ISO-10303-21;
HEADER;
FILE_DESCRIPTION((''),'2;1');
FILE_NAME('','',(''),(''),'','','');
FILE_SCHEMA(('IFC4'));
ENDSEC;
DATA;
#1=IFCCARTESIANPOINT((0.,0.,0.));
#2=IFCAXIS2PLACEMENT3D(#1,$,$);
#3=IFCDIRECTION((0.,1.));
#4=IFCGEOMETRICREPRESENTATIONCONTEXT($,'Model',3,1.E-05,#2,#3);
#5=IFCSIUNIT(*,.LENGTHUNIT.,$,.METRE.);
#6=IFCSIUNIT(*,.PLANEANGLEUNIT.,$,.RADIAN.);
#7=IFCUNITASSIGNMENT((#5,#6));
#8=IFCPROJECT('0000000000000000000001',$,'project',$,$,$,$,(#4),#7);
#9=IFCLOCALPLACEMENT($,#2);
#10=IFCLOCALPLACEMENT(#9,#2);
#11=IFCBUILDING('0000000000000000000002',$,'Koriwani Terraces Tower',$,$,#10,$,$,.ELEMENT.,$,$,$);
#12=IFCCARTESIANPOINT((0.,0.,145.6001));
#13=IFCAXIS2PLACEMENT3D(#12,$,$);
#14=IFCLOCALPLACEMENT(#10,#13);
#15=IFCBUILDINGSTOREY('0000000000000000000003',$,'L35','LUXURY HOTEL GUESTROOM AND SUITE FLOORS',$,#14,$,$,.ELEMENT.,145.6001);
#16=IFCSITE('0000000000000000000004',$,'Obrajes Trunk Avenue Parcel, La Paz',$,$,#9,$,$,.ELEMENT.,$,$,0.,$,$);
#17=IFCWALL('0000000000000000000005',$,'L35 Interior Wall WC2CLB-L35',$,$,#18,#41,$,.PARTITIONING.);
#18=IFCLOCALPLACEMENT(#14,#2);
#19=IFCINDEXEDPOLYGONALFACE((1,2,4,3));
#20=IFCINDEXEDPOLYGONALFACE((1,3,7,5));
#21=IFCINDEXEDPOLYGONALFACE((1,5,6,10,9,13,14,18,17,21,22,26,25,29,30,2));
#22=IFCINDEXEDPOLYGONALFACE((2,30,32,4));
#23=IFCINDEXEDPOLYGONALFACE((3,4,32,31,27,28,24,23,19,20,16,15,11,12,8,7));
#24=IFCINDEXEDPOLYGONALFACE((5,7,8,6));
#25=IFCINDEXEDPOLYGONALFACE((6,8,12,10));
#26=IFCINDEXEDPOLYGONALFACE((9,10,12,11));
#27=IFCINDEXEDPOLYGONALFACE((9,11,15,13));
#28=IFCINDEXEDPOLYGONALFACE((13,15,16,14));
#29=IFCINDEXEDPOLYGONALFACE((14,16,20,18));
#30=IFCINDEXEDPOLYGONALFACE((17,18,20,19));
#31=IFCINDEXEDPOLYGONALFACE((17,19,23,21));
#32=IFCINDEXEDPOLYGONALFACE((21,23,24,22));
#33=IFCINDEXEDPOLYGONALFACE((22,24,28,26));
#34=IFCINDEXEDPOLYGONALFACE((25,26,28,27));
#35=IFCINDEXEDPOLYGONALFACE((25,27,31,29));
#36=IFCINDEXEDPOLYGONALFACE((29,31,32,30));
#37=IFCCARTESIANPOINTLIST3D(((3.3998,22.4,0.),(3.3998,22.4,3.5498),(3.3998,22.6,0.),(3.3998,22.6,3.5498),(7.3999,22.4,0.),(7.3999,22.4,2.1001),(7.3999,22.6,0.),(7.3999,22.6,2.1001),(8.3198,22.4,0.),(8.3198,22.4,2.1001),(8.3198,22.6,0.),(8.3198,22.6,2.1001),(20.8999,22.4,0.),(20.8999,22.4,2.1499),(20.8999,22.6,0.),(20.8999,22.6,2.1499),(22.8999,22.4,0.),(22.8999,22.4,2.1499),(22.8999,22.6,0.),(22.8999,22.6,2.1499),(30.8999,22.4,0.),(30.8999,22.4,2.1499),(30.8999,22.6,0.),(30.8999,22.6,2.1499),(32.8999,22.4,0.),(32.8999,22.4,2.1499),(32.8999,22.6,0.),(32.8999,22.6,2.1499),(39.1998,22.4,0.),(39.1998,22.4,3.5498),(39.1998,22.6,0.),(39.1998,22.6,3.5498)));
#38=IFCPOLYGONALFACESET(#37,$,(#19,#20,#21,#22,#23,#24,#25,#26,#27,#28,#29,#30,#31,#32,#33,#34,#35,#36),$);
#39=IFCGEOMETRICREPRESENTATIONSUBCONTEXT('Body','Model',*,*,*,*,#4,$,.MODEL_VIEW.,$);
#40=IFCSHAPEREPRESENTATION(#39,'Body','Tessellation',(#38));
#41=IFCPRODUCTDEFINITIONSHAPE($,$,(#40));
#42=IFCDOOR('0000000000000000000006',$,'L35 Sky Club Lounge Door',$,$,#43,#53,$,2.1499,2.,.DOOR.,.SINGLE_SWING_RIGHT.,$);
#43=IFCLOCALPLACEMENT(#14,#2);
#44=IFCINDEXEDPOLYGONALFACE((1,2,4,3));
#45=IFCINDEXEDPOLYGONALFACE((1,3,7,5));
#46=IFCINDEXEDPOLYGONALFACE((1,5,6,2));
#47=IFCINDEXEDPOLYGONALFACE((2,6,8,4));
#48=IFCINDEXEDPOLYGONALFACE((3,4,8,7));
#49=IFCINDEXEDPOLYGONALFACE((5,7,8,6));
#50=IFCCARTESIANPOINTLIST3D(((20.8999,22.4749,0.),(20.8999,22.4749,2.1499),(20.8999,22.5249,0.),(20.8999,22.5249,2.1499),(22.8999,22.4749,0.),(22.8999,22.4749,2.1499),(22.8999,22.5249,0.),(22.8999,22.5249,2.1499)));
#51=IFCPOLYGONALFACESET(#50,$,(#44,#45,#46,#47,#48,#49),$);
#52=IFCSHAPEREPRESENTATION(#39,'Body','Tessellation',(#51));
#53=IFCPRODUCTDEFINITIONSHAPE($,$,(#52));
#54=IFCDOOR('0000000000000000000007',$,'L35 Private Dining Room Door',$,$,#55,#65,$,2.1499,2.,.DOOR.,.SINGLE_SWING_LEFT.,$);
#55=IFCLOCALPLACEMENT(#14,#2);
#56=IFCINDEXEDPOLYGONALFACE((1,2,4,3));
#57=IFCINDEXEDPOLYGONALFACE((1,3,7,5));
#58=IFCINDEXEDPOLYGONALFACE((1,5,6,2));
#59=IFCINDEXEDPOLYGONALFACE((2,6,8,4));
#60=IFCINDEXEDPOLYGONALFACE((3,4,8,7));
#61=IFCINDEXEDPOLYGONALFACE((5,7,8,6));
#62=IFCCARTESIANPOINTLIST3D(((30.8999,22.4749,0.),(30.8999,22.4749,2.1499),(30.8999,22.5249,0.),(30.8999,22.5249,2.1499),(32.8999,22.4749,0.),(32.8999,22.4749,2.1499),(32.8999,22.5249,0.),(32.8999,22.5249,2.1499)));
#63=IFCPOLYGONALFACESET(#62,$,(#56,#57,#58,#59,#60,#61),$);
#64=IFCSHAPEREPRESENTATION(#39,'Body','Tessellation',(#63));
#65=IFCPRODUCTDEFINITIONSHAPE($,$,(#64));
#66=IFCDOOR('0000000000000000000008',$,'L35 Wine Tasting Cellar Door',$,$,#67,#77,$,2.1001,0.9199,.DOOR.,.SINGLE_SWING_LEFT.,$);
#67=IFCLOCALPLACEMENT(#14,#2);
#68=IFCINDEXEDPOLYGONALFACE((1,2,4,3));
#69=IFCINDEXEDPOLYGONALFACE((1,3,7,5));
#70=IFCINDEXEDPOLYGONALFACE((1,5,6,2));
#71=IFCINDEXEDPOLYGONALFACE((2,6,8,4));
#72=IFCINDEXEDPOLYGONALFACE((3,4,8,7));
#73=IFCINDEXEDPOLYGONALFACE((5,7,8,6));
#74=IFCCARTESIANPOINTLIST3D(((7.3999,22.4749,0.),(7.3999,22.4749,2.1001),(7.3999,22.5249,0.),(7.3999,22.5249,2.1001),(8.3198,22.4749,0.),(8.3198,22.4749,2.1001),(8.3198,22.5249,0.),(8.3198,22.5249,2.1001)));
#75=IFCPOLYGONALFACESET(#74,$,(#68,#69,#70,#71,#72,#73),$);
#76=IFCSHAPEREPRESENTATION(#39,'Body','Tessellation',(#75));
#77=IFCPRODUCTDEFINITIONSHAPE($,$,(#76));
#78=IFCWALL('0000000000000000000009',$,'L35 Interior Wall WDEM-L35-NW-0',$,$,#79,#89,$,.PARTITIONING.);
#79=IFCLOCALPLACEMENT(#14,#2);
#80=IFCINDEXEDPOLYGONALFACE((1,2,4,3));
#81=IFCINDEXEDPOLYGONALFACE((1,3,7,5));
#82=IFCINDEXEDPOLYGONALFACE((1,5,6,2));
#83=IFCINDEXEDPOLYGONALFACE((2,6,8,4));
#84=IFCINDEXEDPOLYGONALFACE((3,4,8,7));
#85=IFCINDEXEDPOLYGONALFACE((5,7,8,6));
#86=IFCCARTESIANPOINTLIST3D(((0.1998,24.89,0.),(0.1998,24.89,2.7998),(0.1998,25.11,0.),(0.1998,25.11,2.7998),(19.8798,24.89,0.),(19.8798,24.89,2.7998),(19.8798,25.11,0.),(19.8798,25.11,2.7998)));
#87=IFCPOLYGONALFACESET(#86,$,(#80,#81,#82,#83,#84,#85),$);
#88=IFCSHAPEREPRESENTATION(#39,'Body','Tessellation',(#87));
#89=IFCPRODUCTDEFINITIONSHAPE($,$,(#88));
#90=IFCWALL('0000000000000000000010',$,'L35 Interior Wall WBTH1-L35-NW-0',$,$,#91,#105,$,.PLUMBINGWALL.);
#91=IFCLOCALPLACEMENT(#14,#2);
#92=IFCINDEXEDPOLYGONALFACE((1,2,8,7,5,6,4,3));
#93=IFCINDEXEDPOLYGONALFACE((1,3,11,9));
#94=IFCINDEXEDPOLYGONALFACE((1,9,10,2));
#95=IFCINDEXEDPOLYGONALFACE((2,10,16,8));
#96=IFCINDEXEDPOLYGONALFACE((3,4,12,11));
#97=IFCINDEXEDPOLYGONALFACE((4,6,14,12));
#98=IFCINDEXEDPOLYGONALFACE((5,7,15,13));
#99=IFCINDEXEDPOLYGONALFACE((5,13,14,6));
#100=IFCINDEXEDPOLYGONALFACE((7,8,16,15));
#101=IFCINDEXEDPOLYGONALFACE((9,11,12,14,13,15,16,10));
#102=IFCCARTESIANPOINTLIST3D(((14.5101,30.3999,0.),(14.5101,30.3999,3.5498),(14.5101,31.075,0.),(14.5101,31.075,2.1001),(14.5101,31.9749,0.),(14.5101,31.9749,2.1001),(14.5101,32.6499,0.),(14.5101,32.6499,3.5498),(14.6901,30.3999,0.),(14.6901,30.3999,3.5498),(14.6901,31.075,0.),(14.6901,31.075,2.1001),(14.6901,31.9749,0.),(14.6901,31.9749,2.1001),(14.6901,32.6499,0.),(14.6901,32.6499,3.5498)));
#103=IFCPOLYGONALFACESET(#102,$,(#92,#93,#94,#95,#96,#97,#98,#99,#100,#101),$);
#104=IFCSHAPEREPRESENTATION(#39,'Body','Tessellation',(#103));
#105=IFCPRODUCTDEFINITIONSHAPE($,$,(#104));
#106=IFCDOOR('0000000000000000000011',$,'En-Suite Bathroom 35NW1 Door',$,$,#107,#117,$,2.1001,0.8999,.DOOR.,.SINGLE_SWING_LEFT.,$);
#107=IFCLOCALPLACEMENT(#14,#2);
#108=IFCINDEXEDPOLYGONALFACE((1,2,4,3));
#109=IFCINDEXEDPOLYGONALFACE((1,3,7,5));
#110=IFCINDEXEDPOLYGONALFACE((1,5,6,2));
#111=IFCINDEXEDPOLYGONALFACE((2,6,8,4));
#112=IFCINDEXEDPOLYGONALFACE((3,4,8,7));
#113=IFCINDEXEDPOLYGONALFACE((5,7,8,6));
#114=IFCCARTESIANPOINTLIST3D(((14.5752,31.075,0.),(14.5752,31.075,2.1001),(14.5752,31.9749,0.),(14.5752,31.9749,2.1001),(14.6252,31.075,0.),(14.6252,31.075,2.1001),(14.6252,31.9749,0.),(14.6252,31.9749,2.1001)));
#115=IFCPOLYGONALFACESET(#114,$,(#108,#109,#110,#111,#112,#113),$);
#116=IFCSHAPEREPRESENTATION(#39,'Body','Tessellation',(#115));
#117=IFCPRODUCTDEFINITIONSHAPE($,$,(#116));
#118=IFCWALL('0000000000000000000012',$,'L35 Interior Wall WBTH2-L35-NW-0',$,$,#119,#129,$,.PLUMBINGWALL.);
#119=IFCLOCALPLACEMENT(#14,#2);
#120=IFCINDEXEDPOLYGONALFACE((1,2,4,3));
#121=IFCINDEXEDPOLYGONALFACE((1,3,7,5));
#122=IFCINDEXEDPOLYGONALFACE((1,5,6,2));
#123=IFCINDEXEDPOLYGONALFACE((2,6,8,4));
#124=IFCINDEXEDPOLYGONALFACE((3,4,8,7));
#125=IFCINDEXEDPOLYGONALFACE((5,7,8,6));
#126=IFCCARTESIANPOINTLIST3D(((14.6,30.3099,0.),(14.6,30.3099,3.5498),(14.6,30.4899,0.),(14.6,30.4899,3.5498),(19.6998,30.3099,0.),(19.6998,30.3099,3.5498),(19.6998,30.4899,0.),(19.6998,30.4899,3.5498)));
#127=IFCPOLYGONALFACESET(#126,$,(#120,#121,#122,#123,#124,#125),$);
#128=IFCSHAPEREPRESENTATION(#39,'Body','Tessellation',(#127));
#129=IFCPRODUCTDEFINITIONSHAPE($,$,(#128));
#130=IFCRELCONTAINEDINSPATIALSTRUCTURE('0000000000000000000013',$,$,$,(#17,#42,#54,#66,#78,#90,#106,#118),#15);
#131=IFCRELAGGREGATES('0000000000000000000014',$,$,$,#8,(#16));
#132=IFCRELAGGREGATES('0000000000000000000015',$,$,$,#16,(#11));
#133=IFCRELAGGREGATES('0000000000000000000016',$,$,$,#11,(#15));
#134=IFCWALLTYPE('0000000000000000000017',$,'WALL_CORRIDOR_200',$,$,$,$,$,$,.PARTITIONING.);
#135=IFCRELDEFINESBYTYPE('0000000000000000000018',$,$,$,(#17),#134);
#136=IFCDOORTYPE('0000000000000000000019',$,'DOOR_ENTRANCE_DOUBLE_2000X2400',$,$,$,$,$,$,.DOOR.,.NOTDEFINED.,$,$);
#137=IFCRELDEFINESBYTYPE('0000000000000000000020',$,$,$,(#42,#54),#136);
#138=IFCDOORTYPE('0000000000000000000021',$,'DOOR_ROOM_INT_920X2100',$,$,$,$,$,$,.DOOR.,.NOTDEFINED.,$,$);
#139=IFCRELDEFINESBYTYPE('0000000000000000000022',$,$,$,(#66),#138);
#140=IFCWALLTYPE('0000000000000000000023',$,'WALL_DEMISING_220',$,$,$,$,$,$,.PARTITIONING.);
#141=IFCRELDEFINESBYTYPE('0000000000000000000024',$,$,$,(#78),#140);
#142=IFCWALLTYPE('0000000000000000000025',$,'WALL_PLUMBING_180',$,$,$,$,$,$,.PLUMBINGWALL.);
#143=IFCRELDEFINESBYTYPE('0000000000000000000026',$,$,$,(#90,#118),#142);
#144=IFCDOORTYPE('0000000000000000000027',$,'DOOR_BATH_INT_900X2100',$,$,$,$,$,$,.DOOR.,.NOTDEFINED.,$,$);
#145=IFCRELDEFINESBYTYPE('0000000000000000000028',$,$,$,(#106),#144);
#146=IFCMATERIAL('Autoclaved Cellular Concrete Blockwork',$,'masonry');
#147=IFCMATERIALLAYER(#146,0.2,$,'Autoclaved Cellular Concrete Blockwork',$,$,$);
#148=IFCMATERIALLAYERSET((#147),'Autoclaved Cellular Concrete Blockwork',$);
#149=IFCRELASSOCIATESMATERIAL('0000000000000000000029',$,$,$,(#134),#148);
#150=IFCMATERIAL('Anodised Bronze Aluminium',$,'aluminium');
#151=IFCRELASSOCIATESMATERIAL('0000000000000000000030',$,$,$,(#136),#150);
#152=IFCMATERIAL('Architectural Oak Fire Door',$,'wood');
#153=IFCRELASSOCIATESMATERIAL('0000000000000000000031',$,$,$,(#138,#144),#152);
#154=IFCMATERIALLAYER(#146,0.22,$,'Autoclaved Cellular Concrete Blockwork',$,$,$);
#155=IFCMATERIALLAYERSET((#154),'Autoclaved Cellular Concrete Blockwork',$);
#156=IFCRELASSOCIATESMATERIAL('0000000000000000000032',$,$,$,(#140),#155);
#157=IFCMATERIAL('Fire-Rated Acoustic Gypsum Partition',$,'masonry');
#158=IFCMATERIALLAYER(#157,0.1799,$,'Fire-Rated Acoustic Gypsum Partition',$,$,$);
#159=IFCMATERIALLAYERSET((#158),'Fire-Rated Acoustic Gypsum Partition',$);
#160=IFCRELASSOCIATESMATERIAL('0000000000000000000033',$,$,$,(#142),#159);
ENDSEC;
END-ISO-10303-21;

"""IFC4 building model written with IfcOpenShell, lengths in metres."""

from ifc_helpers import new_model, si_unit, direction, frame, frame_2d, origin, place, context, subcontext, project, spatial, rectangle, extrude, material, layer, layer_set, type_object, element, fill, save


model = new_model("IFC4")

# Units and contexts
model_context = context("Model", 3, precision=1e-05, world=origin(), true_north=direction((0.0, 1.0)))
body_context = subcontext(model_context, "Body", "Model", "MODEL_VIEW")
ifc_project = project(units=[si_unit("LENGTHUNIT", "METRE"), si_unit("PLANEANGLEUNIT", "RADIAN")], contexts=[model_context])

# Site, building, storey
site_placement = place(None, origin())
site = spatial("IfcSite", under=ifc_project, at=site_placement, Name="Obrajes Trunk Avenue Parcel, La Paz", CompositionType="ELEMENT", RefElevation=0.0)
building_placement = place(site_placement, origin())
building = spatial("IfcBuilding", under=site, at=building_placement, Name="Koriwani Terraces Tower", CompositionType="ELEMENT")
storey_placement = place(building_placement, frame((0.0, 0.0, 145.6001)))
storey = spatial("IfcBuildingStorey", under=building, at=storey_placement, Name="L35", Description="LUXURY HOTEL GUESTROOM AND SUITE FLOORS", CompositionType="ELEMENT", Elevation=145.6001)

# Wall, openings, doors
ifc_material_1 = material(Name="Autoclaved Cellular Concrete Blockwork", Category="masonry")
ifc_layer_1 = layer(ifc_material_1, 0.2, Name="Autoclaved Cellular Concrete Blockwork")
ifc_layer_set_1 = layer_set([ifc_layer_1], Name="Autoclaved Cellular Concrete Blockwork")
wall_type_1 = type_object("IfcWallType", Name="WALL_CORRIDOR_200", PredefinedType="PARTITIONING", material=ifc_layer_set_1)
wall_1_placement = place(storey_placement, frame((3.3999, 22.5, 0.0), z_axis=(0.0, 0.0, 1.0), x_axis=(1.0, 0.0, 0.0)))
wall_1 = element("IfcWall", 1, at=wall_1_placement, inside=storey, type_object=wall_type_1, Name="L35 Interior Wall WC2CLB-L35", PredefinedType="PARTITIONING", context=body_context, shape_type="SweptSolid", body=[
    extrude(rectangle(XDim=35.8, YDim=0.2, at=frame_2d((17.8999, 0.0))), origin(), (0.0, 0.0, 1.0), 3.5498),
])
opening_1_placement = place(wall_1_placement, frame((4.0, 0.0, 0.0)))
opening_1 = element("IfcOpeningElement", 2, at=opening_1_placement, cuts=wall_1, PredefinedType="OPENING", context=body_context, shape_type="SweptSolid", body=[
    extrude(rectangle(XDim=0.9199, YDim=2.1001, at=frame_2d((0.46, 1.05))), frame((0.0, 0.1099, 0.0), z_axis=(0.0, -1.0, 0.0), x_axis=(1.0, 0.0, 0.0)), (0.0, 0.0, 1.0), 0.22),
])
opening_2_placement = place(wall_1_placement, frame((17.5, 0.0, 0.0)))
opening_2 = element("IfcOpeningElement", 3, at=opening_2_placement, cuts=wall_1, PredefinedType="OPENING", context=body_context, shape_type="SweptSolid", body=[
    extrude(rectangle(XDim=2.0, YDim=2.1499, at=frame_2d((1.0, 1.075))), frame((0.0, 0.1099, 0.0), z_axis=(0.0, -1.0, 0.0), x_axis=(1.0, 0.0, 0.0)), (0.0, 0.0, 1.0), 0.22),
])
opening_3_placement = place(wall_1_placement, frame((27.5, 0.0, 0.0)))
opening_3 = element("IfcOpeningElement", 4, at=opening_3_placement, cuts=wall_1, PredefinedType="OPENING", context=body_context, shape_type="SweptSolid", body=[
    extrude(rectangle(XDim=2.0, YDim=2.1499, at=frame_2d((1.0, 1.075))), frame((0.0, 0.1099, 0.0), z_axis=(0.0, -1.0, 0.0), x_axis=(1.0, 0.0, 0.0)), (0.0, 0.0, 1.0), 0.22),
])
ifc_material_2 = material(Name="Anodised Bronze Aluminium", Category="aluminium")
door_type_1 = type_object("IfcDoorType", Name="DOOR_ENTRANCE_DOUBLE_2000X2400", OperationType="NOTDEFINED", PredefinedType="DOOR", material=ifc_material_2)
door_1_placement = place(opening_2_placement, origin())
door_1 = element("IfcDoor", 5, at=door_1_placement, inside=storey, type_object=door_type_1, Name="L35 Sky Club Lounge Door", OperationType="SINGLE_SWING_RIGHT", OverallHeight=2.1499, OverallWidth=2.0, PredefinedType="DOOR", context=body_context, shape_type="SweptSolid", body=[
    extrude(rectangle(XDim=2.0, YDim=2.1499, at=frame_2d((1.0, 1.075))), frame((0.0, 0.0249, 0.0), z_axis=(0.0, -1.0, 0.0), x_axis=(1.0, 0.0, 0.0)), (0.0, 0.0, 1.0), 0.05),
])
fill(opening_2, door_1)
door_2_placement = place(opening_3_placement, origin())
door_2 = element("IfcDoor", 6, at=door_2_placement, inside=storey, type_object=door_type_1, Name="L35 Private Dining Room Door", OperationType="SINGLE_SWING_LEFT", OverallHeight=2.1499, OverallWidth=2.0, PredefinedType="DOOR", context=body_context, shape_type="SweptSolid", body=[
    extrude(rectangle(XDim=2.0, YDim=2.1499, at=frame_2d((1.0, 1.075))), frame((0.0, 0.0249, 0.0), z_axis=(0.0, -1.0, 0.0), x_axis=(1.0, 0.0, 0.0)), (0.0, 0.0, 1.0), 0.05),
])
fill(opening_3, door_2)
ifc_material_3 = material(Name="Architectural Oak Fire Door", Category="wood")
door_type_2 = type_object("IfcDoorType", Name="DOOR_ROOM_INT_920X2100", OperationType="NOTDEFINED", PredefinedType="DOOR", material=ifc_material_3)
door_3_placement = place(opening_1_placement, origin())
door_3 = element("IfcDoor", 7, at=door_3_placement, inside=storey, type_object=door_type_2, Name="L35 Wine Tasting Cellar Door", OperationType="SINGLE_SWING_LEFT", OverallHeight=2.1001, OverallWidth=0.9199, PredefinedType="DOOR", context=body_context, shape_type="SweptSolid", body=[
    extrude(rectangle(XDim=0.9199, YDim=2.1001, at=frame_2d((0.46, 1.05))), frame((0.0, 0.0249, 0.0), z_axis=(0.0, -1.0, 0.0), x_axis=(1.0, 0.0, 0.0)), (0.0, 0.0, 1.0), 0.05),
])
fill(opening_1, door_3)

# Wall
ifc_layer_2 = layer(ifc_material_1, 0.22, Name="Autoclaved Cellular Concrete Blockwork")
ifc_layer_set_2 = layer_set([ifc_layer_2], Name="Autoclaved Cellular Concrete Blockwork")
wall_type_2 = type_object("IfcWallType", Name="WALL_DEMISING_220", PredefinedType="PARTITIONING", material=ifc_layer_set_2)
wall_2_placement = place(storey_placement, frame((0.2, 25.0, 0.0), z_axis=(0.0, 0.0, 1.0), x_axis=(1.0, 0.0, 0.0)))
element("IfcWall", 8, at=wall_2_placement, inside=storey, type_object=wall_type_2, Name="L35 Interior Wall WDEM-L35-NW-0", PredefinedType="PARTITIONING", context=body_context, shape_type="SweptSolid", body=[
    extrude(rectangle(XDim=19.6799, YDim=0.22, at=frame_2d((9.8398, 0.0))), origin(), (0.0, 0.0, 1.0), 2.7998),
])

# Wall, opening, door
ifc_material_4 = material(Name="Fire-Rated Acoustic Gypsum Partition", Category="masonry")
ifc_layer_3 = layer(ifc_material_4, 0.1799, Name="Fire-Rated Acoustic Gypsum Partition")
ifc_layer_set_3 = layer_set([ifc_layer_3], Name="Fire-Rated Acoustic Gypsum Partition")
wall_type_3 = type_object("IfcWallType", Name="WALL_PLUMBING_180", PredefinedType="PLUMBINGWALL", material=ifc_layer_set_3)
wall_3_placement = place(storey_placement, frame((14.6001, 30.3999, 0.0), z_axis=(0.0, 0.0, 1.0), x_axis=(0.0, 1.0, 0.0)))
wall_3 = element("IfcWall", 9, at=wall_3_placement, inside=storey, type_object=wall_type_3, Name="L35 Interior Wall WBTH1-L35-NW-0", PredefinedType="PLUMBINGWALL", context=body_context, shape_type="SweptSolid", body=[
    extrude(rectangle(XDim=2.25, YDim=0.1799, at=frame_2d((1.125, 0.0))), origin(), (0.0, 0.0, 1.0), 3.5498),
])
opening_4_placement = place(wall_3_placement, frame((0.675, 0.0, 0.0)))
opening_4 = element("IfcOpeningElement", 10, at=opening_4_placement, cuts=wall_3, PredefinedType="OPENING", context=body_context, shape_type="SweptSolid", body=[
    extrude(rectangle(XDim=0.8999, YDim=2.1001, at=frame_2d((0.45, 1.05))), frame((0.0, 0.1001, 0.0), z_axis=(0.0, -1.0, 0.0), x_axis=(1.0, 0.0, 0.0)), (0.0, 0.0, 1.0), 0.2),
])
door_type_3 = type_object("IfcDoorType", Name="DOOR_BATH_INT_900X2100", OperationType="NOTDEFINED", PredefinedType="DOOR", material=ifc_material_3)
door_4_placement = place(opening_4_placement, origin())
door_4 = element("IfcDoor", 11, at=door_4_placement, inside=storey, type_object=door_type_3, Name="En-Suite Bathroom 35NW1 Door", OperationType="SINGLE_SWING_LEFT", OverallHeight=2.1001, OverallWidth=0.8999, PredefinedType="DOOR", context=body_context, shape_type="SweptSolid", body=[
    extrude(rectangle(XDim=0.8999, YDim=2.1001, at=frame_2d((0.45, 1.05))), frame((0.0, 0.0249, 0.0), z_axis=(0.0, -1.0, 0.0), x_axis=(1.0, 0.0, 0.0)), (0.0, 0.0, 1.0), 0.05),
])
fill(opening_4, door_4)

# Wall
wall_4_placement = place(storey_placement, frame((14.6001, 30.3999, 0.0), z_axis=(0.0, 0.0, 1.0), x_axis=(1.0, 0.0, 0.0)))
element("IfcWall", 12, at=wall_4_placement, inside=storey, type_object=wall_type_3, Name="L35 Interior Wall WBTH2-L35-NW-0", PredefinedType="PLUMBINGWALL", context=body_context, shape_type="SweptSolid", body=[
    extrude(rectangle(XDim=5.0999, YDim=0.1799, at=frame_2d((2.5498, 0.0))), origin(), (0.0, 0.0, 1.0), 3.5498),
])

save(model, "model.ifc")
